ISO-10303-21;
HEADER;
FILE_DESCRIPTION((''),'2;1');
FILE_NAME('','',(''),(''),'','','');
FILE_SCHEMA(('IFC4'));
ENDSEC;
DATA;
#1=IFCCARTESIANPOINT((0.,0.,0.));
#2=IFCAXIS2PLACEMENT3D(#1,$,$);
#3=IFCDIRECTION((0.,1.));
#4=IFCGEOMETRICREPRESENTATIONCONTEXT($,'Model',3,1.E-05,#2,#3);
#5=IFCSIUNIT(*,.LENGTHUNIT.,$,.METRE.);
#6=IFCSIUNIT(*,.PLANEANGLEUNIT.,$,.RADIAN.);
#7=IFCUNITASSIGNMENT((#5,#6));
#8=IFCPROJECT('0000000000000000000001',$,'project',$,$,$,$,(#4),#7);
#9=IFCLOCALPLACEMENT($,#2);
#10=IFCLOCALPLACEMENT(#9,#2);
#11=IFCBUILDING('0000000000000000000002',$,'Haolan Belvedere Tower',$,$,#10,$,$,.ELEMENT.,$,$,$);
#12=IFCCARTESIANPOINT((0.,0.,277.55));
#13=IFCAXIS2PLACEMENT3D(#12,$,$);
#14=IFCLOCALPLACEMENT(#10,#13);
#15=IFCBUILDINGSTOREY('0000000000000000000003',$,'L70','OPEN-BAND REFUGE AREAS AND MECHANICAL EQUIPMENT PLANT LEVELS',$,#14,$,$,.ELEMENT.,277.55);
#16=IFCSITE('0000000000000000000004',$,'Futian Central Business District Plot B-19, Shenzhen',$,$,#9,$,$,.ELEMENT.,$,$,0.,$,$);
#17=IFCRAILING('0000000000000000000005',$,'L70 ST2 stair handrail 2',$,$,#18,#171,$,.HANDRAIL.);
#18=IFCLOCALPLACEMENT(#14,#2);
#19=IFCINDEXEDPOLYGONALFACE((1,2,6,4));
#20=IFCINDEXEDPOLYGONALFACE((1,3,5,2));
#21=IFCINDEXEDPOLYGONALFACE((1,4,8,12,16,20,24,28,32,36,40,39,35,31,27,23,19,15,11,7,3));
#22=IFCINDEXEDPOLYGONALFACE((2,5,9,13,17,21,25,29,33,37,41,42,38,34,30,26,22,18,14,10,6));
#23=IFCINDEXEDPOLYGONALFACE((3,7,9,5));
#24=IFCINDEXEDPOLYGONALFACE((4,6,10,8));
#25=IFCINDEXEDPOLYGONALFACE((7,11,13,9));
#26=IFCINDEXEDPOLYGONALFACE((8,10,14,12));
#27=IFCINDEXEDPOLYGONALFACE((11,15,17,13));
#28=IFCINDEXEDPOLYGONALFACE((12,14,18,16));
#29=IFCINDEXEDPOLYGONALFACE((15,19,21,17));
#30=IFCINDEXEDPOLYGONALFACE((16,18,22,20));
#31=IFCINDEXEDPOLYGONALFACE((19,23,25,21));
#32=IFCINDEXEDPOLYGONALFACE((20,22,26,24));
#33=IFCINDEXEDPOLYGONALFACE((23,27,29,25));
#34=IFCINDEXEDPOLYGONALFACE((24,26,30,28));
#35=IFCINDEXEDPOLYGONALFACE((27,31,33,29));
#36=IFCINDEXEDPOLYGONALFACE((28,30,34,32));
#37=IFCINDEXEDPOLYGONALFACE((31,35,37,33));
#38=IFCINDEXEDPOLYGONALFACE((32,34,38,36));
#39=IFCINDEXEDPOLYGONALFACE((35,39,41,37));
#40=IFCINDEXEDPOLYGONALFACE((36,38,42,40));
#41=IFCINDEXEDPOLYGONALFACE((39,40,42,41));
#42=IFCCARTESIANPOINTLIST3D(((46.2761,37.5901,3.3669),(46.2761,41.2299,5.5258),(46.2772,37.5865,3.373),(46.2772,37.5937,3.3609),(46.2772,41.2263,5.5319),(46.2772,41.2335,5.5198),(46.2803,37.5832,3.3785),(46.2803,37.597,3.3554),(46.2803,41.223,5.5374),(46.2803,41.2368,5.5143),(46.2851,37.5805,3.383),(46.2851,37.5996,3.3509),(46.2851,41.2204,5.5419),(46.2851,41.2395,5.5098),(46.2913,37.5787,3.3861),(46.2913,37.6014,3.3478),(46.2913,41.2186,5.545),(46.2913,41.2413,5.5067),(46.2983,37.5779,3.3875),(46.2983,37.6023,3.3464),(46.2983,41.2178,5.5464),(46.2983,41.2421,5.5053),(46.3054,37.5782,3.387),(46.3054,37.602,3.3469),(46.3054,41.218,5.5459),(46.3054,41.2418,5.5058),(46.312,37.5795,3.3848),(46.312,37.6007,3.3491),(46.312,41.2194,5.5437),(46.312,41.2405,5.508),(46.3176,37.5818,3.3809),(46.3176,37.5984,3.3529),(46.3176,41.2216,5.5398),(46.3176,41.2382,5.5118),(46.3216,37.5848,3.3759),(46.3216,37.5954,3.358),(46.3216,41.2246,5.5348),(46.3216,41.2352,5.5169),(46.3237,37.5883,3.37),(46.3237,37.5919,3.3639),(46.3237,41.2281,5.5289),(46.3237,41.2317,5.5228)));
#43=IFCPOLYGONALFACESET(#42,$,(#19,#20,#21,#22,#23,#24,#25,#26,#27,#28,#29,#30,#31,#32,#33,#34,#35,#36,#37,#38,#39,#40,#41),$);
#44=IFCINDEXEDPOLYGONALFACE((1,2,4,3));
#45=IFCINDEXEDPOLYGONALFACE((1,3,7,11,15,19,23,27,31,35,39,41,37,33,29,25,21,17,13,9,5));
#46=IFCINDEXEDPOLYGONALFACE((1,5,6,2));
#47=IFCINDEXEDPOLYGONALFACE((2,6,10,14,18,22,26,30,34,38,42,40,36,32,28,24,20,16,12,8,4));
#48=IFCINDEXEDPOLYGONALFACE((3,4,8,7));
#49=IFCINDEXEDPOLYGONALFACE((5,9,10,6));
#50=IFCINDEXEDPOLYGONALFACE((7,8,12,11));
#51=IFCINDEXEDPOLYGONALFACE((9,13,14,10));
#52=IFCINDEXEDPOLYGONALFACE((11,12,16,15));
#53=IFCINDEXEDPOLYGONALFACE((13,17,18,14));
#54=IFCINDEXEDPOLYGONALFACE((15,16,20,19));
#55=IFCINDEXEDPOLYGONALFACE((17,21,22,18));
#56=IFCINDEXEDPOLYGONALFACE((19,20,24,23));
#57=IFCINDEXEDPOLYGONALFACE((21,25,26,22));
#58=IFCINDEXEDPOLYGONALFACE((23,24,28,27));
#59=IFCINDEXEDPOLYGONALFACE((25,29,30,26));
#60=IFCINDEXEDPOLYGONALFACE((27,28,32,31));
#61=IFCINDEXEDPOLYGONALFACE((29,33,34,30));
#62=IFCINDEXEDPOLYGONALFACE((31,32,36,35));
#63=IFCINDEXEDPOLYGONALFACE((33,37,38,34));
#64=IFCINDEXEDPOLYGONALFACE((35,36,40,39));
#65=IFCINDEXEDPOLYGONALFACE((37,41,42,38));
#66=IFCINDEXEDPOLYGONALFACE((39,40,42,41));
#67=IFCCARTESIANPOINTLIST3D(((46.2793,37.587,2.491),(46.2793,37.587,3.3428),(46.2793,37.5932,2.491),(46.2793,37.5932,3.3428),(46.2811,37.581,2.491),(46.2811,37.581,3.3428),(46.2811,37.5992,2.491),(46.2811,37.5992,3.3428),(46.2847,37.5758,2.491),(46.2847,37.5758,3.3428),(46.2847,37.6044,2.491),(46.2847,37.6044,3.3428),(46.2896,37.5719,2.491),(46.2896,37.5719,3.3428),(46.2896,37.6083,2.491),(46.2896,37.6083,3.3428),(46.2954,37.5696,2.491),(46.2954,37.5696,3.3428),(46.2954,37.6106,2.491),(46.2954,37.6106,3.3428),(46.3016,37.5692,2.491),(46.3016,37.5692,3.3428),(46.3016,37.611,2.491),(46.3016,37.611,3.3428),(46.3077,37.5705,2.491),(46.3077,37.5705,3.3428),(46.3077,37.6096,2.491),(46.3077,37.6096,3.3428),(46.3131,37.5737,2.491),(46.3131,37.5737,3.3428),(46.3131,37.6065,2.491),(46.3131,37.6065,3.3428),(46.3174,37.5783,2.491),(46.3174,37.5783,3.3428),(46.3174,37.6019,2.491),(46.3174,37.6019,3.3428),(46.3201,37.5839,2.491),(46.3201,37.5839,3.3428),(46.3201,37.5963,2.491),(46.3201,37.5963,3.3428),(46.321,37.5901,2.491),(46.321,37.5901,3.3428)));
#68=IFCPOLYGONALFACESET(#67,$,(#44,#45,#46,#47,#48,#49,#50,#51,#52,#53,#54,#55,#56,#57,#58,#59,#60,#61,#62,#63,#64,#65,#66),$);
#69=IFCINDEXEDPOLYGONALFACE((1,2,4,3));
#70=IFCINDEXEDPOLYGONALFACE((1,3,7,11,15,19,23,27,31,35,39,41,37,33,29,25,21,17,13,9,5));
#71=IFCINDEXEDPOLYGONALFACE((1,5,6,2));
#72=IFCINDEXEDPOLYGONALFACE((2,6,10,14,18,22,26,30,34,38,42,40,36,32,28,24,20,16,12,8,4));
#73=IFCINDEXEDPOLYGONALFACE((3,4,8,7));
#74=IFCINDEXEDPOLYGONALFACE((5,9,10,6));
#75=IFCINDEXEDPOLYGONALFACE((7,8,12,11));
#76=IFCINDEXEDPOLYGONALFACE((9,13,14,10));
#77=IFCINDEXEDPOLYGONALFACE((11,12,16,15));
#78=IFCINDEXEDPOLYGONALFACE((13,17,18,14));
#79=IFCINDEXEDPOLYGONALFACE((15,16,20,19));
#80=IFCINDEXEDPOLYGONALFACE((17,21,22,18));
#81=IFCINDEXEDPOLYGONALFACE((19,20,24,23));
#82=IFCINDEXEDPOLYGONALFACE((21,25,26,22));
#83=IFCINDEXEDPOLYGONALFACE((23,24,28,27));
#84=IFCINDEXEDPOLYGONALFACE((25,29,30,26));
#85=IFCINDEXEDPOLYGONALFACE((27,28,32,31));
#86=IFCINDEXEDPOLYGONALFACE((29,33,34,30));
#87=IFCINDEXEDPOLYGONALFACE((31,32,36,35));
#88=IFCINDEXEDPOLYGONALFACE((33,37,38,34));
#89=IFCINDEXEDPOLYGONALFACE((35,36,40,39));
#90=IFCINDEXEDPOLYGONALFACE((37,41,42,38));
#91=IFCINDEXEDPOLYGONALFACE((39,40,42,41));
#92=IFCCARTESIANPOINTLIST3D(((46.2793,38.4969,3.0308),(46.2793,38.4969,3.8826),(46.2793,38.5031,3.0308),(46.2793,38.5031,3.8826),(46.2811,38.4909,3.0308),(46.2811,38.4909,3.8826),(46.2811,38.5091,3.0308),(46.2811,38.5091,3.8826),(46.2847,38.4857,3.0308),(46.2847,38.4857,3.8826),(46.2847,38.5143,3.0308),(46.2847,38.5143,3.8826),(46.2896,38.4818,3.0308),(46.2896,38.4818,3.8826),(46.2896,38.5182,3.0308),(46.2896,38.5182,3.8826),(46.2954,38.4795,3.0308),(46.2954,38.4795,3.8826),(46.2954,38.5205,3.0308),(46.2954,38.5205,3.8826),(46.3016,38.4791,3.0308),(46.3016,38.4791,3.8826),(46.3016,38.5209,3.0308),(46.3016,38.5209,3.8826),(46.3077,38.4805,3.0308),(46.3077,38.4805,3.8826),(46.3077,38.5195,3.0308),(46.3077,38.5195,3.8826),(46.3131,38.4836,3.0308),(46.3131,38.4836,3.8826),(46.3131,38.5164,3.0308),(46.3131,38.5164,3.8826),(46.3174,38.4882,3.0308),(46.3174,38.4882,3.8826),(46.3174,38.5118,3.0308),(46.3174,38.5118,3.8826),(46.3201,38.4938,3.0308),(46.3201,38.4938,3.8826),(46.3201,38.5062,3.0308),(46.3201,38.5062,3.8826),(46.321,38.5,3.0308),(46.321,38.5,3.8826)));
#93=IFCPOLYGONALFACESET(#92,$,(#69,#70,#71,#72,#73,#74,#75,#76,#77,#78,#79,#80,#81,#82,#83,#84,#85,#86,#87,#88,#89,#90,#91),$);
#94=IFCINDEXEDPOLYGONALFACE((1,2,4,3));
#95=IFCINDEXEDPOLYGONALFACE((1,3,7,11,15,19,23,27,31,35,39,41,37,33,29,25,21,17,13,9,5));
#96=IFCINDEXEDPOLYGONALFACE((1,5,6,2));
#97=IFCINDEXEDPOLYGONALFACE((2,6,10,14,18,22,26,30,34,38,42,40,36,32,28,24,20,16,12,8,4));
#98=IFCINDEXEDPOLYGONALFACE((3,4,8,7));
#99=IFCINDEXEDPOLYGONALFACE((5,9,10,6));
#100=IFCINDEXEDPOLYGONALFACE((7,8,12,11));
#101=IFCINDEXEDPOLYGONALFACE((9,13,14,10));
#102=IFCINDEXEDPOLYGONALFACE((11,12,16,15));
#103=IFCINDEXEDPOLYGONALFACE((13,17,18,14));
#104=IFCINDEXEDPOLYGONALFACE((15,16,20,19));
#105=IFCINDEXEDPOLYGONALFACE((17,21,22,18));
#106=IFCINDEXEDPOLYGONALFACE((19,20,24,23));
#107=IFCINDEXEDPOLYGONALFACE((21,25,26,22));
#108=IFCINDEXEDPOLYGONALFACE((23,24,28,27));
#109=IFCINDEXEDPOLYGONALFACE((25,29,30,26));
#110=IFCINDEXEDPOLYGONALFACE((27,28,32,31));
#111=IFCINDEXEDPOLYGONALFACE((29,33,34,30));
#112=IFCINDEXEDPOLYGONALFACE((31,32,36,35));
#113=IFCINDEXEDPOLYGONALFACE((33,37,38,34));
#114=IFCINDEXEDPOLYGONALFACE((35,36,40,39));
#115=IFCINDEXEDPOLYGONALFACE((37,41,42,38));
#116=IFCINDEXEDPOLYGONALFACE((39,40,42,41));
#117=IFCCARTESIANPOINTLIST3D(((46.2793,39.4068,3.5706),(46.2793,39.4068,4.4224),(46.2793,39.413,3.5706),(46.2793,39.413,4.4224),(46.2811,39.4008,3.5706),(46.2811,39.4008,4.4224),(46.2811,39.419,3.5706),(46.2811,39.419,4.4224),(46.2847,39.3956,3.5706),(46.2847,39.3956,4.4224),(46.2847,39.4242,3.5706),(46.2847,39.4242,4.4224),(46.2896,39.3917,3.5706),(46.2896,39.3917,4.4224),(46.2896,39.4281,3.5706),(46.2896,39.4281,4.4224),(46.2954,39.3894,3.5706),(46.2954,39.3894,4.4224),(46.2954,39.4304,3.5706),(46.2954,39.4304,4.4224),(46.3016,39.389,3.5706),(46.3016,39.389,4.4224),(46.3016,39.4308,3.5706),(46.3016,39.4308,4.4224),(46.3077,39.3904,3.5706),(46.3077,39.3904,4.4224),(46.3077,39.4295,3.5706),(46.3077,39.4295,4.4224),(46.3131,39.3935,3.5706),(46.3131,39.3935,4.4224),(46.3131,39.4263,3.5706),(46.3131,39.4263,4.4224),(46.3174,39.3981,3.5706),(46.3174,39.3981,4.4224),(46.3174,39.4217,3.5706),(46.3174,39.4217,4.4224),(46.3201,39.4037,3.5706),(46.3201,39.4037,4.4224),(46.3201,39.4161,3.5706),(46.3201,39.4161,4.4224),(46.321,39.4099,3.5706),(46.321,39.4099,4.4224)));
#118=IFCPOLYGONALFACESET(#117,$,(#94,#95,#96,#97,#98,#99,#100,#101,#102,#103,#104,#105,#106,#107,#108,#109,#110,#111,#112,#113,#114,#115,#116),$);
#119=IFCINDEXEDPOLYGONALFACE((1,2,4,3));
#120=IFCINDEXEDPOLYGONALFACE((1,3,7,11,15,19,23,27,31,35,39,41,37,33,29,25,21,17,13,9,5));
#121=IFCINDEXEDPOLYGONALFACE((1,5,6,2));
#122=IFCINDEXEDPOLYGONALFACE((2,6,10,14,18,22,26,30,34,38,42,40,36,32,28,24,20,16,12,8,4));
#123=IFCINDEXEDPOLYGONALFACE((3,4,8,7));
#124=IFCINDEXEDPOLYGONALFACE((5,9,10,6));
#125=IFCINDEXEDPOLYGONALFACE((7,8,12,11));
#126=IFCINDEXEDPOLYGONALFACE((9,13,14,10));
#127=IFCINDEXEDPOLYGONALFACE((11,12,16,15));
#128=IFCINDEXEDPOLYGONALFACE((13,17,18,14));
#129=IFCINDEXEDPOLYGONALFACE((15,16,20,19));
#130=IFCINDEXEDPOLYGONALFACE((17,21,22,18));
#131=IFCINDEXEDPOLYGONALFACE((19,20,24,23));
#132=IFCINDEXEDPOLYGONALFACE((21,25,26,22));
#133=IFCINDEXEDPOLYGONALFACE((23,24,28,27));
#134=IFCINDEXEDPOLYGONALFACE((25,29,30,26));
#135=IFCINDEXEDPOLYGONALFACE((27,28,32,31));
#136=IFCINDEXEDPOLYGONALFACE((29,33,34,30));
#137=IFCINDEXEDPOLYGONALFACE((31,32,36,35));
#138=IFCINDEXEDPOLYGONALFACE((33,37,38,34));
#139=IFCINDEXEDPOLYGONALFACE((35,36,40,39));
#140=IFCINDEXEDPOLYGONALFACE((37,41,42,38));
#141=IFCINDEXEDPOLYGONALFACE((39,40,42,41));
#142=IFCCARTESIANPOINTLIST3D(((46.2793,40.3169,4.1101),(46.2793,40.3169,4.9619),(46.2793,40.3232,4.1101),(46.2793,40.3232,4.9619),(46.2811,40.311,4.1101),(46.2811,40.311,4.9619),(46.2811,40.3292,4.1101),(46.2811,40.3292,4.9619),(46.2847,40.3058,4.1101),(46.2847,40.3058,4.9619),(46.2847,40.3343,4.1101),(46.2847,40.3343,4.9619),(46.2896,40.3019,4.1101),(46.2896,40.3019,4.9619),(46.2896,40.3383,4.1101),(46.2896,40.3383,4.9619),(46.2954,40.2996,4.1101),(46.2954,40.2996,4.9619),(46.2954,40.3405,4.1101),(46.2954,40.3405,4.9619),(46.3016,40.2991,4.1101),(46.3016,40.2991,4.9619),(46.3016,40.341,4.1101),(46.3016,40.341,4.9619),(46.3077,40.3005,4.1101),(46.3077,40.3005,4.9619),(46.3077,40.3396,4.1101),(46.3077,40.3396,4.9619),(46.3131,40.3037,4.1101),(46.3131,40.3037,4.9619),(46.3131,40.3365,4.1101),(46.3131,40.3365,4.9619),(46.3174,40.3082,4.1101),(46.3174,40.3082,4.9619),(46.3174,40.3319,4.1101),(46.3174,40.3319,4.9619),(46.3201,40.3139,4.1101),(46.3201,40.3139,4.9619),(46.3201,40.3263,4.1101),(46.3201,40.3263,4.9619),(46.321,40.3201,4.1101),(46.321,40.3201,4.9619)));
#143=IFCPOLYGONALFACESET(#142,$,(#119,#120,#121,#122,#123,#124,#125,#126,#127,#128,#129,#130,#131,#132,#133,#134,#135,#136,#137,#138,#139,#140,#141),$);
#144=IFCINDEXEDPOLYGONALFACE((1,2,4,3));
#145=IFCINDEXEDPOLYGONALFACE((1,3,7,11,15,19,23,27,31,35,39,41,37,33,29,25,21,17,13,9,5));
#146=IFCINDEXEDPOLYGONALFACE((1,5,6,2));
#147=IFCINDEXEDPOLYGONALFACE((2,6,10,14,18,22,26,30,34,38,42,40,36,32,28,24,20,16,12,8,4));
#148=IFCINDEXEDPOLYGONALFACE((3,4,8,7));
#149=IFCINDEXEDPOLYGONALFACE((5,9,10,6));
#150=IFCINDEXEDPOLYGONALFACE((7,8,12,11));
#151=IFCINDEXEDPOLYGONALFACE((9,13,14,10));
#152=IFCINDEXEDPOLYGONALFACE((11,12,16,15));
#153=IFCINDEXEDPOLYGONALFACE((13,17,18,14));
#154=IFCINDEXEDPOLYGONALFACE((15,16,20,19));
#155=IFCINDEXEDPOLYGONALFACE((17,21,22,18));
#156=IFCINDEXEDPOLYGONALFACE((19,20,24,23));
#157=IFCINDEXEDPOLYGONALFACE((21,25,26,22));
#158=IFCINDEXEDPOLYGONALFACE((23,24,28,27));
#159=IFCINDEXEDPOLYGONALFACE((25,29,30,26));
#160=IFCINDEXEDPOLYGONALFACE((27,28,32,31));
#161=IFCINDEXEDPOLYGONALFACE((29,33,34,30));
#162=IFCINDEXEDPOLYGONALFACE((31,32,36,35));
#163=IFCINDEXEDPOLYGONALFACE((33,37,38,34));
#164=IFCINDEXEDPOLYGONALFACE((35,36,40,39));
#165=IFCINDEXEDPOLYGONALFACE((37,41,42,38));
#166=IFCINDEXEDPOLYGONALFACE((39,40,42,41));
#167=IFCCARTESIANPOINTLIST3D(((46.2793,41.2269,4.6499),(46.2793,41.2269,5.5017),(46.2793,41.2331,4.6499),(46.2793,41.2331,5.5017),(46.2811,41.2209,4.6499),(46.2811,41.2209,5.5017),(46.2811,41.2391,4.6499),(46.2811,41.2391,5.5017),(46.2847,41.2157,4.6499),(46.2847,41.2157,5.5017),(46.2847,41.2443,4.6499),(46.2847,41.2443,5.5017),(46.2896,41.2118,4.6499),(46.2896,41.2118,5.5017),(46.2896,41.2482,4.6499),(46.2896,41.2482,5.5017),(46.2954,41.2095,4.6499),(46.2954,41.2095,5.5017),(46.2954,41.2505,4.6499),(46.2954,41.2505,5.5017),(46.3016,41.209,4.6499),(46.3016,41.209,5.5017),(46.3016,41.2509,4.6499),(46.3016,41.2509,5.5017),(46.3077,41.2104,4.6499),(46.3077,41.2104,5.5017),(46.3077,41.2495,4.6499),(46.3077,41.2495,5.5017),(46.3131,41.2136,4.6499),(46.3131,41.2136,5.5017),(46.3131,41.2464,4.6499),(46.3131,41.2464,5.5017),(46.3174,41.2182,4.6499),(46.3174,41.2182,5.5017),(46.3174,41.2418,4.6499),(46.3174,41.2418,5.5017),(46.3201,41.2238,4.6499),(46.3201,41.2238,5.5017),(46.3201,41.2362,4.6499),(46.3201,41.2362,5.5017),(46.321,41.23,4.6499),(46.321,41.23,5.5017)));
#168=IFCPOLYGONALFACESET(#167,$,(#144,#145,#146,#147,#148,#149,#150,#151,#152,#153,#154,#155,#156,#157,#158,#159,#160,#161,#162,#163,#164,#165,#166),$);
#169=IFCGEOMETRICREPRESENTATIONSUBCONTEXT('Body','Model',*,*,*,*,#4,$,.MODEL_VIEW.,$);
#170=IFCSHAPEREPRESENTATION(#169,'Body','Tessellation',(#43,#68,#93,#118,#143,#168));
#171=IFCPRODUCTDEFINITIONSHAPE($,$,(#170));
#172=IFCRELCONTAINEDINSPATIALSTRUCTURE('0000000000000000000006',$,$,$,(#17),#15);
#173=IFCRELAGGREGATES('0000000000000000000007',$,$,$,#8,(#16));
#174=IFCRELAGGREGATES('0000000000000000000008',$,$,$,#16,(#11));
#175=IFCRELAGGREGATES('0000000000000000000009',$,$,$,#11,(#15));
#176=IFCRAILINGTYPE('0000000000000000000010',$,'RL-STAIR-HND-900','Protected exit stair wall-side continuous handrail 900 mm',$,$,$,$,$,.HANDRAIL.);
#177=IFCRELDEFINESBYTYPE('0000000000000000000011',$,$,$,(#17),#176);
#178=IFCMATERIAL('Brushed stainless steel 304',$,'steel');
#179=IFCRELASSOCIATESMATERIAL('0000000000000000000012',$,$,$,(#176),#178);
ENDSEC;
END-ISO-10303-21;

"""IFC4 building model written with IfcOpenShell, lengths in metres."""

from ifc_helpers import new_model, si_unit, direction, frame, origin, origin_2d, place, context, subcontext, project, spatial, circle, extrude, material, type_object, element, save


model = new_model("IFC4")

# Units and contexts
model_context = context("Model", 3, precision=1e-05, world=origin(), true_north=direction((0.0, 1.0)))
body_context = subcontext(model_context, "Body", "Model", "MODEL_VIEW")
ifc_project = project(units=[si_unit("LENGTHUNIT", "METRE"), si_unit("PLANEANGLEUNIT", "RADIAN")], contexts=[model_context])

# Site, building, storey
site_placement = place(None, origin())
site = spatial("IfcSite", under=ifc_project, at=site_placement, Name="Futian Central Business District Plot B-19, Shenzhen", CompositionType="ELEMENT", RefElevation=0.0)
building_placement = place(site_placement, origin())
building = spatial("IfcBuilding", under=site, at=building_placement, Name="Haolan Belvedere Tower", CompositionType="ELEMENT")
storey_placement = place(building_placement, frame((0.0, 0.0, 277.55)))
storey = spatial("IfcBuildingStorey", under=building, at=storey_placement, Name="L70", Description="OPEN-BAND REFUGE AREAS AND MECHANICAL EQUIPMENT PLANT LEVELS", CompositionType="ELEMENT", Elevation=277.55)

# Railing
ifc_material_1 = material(Name="Brushed stainless steel 304", Category="steel")
railing_type_1 = type_object("IfcRailingType", Name="RL-STAIR-HND-900", Description="Protected exit stair wall-side continuous handrail 900 mm", PredefinedType="HANDRAIL", material=ifc_material_1)
for number, where, name in (
    (1, (46.3, 37.5901, 2.491), "L70 ST2 stair handrail 2"),
):
    element("IfcRailing", number, at=place(storey_placement, frame(where)), inside=storey, type_object=railing_type_1, Name=name, PredefinedType="HANDRAIL", context=body_context, shape_type="SweptSolid", body=[
        extrude(circle(Radius=0.0239, at=origin_2d()), frame((0.0, 0.0, 0.876), z_axis=(0.0, 0.860088, 0.510145), x_axis=(-1.0, 0.0, 0.0)), (0.0, 0.0, 1.0), 4.2319),
        extrude(circle(Radius=0.021, at=origin_2d()), origin(), (0.0, 0.0, 1.0), 0.8518),
        extrude(circle(Radius=0.021, at=origin_2d()), frame((0.0, 0.9099, 0.5398)), (0.0, 0.0, 1.0), 0.8518),
        extrude(circle(Radius=0.021, at=origin_2d()), frame((0.0, 1.8198, 1.0796)), (0.0, 0.0, 1.0), 0.8518),
        extrude(circle(Radius=0.021, at=origin_2d()), frame((0.0, 2.73, 1.6191)), (0.0, 0.0, 1.0), 0.8518),
        extrude(circle(Radius=0.021, at=origin_2d()), frame((0.0, 3.6399, 2.1589)), (0.0, 0.0, 1.0), 0.8518),
    ])

save(model, "model.ifc")
